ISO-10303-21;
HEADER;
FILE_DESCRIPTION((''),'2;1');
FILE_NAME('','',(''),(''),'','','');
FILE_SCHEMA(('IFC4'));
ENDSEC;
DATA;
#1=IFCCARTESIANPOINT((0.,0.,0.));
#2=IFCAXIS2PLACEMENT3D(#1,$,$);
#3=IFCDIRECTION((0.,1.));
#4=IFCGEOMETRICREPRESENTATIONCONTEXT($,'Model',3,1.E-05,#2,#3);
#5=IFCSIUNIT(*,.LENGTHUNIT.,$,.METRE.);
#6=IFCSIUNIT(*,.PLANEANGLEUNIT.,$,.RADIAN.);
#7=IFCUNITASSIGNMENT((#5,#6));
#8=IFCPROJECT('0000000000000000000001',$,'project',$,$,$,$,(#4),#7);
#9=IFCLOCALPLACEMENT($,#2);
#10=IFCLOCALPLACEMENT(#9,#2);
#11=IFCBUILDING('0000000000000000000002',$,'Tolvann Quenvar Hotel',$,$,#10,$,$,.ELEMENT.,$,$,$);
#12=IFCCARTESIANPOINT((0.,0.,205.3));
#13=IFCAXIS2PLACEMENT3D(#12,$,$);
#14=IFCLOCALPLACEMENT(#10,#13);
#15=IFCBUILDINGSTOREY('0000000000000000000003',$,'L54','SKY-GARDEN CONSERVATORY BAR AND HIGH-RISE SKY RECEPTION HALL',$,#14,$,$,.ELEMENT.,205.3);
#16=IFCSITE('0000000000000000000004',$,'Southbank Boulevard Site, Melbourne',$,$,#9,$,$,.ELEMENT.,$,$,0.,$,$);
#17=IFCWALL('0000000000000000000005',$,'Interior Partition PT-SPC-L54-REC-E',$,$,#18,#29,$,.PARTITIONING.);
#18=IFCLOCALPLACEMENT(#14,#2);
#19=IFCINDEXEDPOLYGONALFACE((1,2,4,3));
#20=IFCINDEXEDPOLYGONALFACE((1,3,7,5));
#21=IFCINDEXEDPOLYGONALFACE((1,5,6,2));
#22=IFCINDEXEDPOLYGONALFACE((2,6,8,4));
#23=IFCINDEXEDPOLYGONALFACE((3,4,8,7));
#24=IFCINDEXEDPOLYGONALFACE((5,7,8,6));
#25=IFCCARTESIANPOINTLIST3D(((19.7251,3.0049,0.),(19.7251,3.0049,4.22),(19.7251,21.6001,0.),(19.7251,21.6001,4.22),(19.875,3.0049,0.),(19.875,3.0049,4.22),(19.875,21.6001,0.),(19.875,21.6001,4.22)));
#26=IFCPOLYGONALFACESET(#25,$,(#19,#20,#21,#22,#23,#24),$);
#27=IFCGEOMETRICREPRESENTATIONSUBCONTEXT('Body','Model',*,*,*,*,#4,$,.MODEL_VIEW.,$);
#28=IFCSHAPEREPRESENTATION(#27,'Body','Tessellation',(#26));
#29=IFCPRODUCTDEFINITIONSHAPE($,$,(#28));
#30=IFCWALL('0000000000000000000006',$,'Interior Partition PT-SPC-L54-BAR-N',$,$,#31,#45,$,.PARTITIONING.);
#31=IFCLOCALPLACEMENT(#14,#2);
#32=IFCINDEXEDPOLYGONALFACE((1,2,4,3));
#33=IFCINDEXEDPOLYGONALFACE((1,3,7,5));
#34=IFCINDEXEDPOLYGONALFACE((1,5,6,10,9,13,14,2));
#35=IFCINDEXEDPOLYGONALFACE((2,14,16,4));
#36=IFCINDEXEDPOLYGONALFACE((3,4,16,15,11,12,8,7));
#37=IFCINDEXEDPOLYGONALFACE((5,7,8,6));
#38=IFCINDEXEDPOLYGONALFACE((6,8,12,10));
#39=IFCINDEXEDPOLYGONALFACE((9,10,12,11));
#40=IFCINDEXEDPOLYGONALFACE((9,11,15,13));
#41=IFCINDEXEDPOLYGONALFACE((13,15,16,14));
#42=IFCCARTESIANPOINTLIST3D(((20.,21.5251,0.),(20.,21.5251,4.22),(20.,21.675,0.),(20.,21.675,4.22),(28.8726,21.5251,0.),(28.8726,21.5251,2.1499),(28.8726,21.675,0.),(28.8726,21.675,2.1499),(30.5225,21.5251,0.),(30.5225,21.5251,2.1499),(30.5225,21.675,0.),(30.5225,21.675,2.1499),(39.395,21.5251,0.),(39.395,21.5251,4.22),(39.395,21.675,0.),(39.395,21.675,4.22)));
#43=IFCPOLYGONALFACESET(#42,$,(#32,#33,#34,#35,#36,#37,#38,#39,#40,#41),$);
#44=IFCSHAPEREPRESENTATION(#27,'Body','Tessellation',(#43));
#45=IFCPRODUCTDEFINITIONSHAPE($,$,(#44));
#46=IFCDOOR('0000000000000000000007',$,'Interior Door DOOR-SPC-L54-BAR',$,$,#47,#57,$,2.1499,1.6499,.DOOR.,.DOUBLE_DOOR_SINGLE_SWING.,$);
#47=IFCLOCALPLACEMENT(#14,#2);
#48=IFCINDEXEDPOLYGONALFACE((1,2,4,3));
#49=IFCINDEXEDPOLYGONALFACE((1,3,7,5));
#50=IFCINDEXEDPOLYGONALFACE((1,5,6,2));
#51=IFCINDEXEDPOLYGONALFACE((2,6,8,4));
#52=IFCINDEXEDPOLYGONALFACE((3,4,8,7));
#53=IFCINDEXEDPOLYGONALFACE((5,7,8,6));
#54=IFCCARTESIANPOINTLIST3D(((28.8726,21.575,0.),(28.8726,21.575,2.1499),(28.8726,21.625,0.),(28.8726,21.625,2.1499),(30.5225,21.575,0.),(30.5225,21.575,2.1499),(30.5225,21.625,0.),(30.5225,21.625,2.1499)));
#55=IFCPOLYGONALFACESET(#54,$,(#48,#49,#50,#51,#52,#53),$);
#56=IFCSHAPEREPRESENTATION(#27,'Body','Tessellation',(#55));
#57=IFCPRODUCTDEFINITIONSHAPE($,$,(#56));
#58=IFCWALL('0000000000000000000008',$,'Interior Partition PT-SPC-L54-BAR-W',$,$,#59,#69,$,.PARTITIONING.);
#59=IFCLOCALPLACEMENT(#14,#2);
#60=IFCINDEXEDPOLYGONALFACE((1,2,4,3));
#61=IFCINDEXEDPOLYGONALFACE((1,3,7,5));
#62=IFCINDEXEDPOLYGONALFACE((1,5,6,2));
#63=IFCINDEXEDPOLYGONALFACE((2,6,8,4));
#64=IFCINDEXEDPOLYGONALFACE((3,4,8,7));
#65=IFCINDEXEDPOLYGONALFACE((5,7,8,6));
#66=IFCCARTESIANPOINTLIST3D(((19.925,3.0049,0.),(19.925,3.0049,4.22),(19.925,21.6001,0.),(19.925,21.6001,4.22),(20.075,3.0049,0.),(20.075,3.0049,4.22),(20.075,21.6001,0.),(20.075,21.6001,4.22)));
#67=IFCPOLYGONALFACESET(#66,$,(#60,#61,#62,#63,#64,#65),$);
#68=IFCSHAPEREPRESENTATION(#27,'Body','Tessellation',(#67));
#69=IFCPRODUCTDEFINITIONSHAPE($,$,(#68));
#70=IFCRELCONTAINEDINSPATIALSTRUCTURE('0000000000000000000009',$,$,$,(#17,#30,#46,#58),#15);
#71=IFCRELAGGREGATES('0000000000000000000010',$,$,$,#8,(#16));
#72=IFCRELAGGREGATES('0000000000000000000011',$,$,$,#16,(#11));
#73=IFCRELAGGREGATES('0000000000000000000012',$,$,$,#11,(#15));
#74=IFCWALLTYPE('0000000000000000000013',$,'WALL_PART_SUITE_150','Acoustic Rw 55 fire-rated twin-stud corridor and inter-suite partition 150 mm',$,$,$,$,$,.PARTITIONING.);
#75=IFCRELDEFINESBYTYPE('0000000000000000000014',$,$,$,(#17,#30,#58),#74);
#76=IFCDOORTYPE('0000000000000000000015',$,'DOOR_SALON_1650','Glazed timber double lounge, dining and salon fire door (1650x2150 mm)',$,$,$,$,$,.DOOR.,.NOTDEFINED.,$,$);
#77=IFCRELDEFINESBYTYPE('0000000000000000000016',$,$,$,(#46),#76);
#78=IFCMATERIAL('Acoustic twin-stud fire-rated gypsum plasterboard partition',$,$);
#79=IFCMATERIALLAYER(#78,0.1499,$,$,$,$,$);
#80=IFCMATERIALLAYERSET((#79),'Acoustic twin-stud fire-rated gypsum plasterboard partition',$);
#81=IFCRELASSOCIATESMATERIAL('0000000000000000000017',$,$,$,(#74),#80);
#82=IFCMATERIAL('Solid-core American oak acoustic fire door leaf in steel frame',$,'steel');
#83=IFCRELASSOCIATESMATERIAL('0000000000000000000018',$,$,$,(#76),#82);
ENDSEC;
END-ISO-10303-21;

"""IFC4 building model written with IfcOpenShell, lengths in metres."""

from ifc_helpers import new_model, si_unit, direction, frame, frame_2d, origin, place, context, subcontext, project, spatial, rectangle, extrude, source, transform, mapped, material, layer, layer_set, type_object, type_shapes, element, fill, save


model = new_model("IFC4")

# Units and contexts
model_context = context("Model", 3, precision=1e-05, world=origin(), true_north=direction((0.0, 1.0)))
body_context = subcontext(model_context, "Body", "Model", "MODEL_VIEW")
ifc_project = project(units=[si_unit("LENGTHUNIT", "METRE"), si_unit("PLANEANGLEUNIT", "RADIAN")], contexts=[model_context])

# Site, building, storey
site_placement = place(None, origin())
site = spatial("IfcSite", under=ifc_project, at=site_placement, Name="Southbank Boulevard Site, Melbourne", CompositionType="ELEMENT", RefElevation=0.0)
building_placement = place(site_placement, origin())
building = spatial("IfcBuilding", under=site, at=building_placement, Name="Tolvann Quenvar Hotel", CompositionType="ELEMENT")
storey_placement = place(building_placement, frame((0.0, 0.0, 205.3)))
storey = spatial("IfcBuildingStorey", under=building, at=storey_placement, Name="L54", Description="SKY-GARDEN CONSERVATORY BAR AND HIGH-RISE SKY RECEPTION HALL", CompositionType="ELEMENT", Elevation=205.3)

# Wall
ifc_material_1 = material(Name="Acoustic twin-stud fire-rated gypsum plasterboard partition")
ifc_layer = layer(ifc_material_1, 0.1499)
ifc_layer_set = layer_set([ifc_layer], Name="Acoustic twin-stud fire-rated gypsum plasterboard partition")
wall_type = type_object("IfcWallType", Name="WALL_PART_SUITE_150", Description="Acoustic Rw 55 fire-rated twin-stud corridor and inter-suite partition 150 mm", PredefinedType="PARTITIONING", material=ifc_layer_set)
wall_1_placement = place(storey_placement, frame((19.8, 3.0049, 0.0), z_axis=(0.0, 0.0, 1.0), x_axis=(0.0, 1.0, 0.0)))
element("IfcWall", 1, at=wall_1_placement, inside=storey, type_object=wall_type, Name="Interior Partition PT-SPC-L54-REC-E", PredefinedType="PARTITIONING", context=body_context, shape_type="SweptSolid", body=[
    extrude(rectangle(XDim=18.5952, YDim=0.1499, at=frame_2d((9.2976, 0.0))), origin(), (0.0, 0.0, 1.0), 4.22),
])

# Wall, opening, door
wall_2_placement = place(storey_placement, frame((20.0, 21.6001, 0.0), z_axis=(0.0, 0.0, 1.0), x_axis=(1.0, 0.0, 0.0)))
wall_2 = element("IfcWall", 2, at=wall_2_placement, inside=storey, type_object=wall_type, Name="Interior Partition PT-SPC-L54-BAR-N", PredefinedType="PARTITIONING", context=body_context, shape_type="SweptSolid", body=[
    extrude(rectangle(XDim=19.395, YDim=0.1499, at=frame_2d((9.6975, 0.0))), origin(), (0.0, 0.0, 1.0), 4.22),
])
opening_placement = place(wall_2_placement, frame((8.8726, 0.0, 0.0)))
opening = element("IfcOpeningElement", 3, at=opening_placement, cuts=wall_2, PredefinedType="OPENING", context=body_context, shape_type="SweptSolid", body=[
    extrude(rectangle(XDim=1.6499, YDim=2.1499, at=frame_2d((0.825, 1.075))), frame((0.0, 0.085, 0.0), z_axis=(0.0, -1.0, 0.0), x_axis=(1.0, 0.0, 0.0)), (0.0, 0.0, 1.0), 0.1699),
])
ifc_material_2 = material(Name="Solid-core American oak acoustic fire door leaf in steel frame", Category="steel")
door_type = type_object("IfcDoorType", Name="DOOR_SALON_1650", Description="Glazed timber double lounge, dining and salon fire door (1650x2150 mm)", OperationType="NOTDEFINED", PredefinedType="DOOR", material=ifc_material_2)
shared_shape_1 = source(origin(), body_context, "Body", "SweptSolid", [
    extrude(rectangle(XDim=1.6499, YDim=2.1499, at=frame_2d((0.825, 1.075))), frame((0.0, 0.0249, 0.0), z_axis=(0.0, -1.0, 0.0), x_axis=(1.0, 0.0, 0.0)), (0.0, 0.0, 1.0), 0.05),
])
type_shapes(door_type, [shared_shape_1])
door_placement = place(opening_placement, origin())
door = element("IfcDoor", 4, at=door_placement, inside=storey, type_object=door_type, Name="Interior Door DOOR-SPC-L54-BAR", OperationType="DOUBLE_DOOR_SINGLE_SWING", OverallHeight=2.1499, OverallWidth=1.6499, PredefinedType="DOOR", context=body_context, shape_type="MappedRepresentation", body=[
    mapped(shared_shape_1, transform((0.0, 0.0, 0.0), x_axis=(1.0, 0.0, 0.0), y_axis=(0.0, 1.0, 0.0), z_axis=(0.0, 0.0, 1.0), scale=1.0)),
])
fill(opening, door)

# Wall
wall_3_placement = place(storey_placement, frame((20.0, 3.0049, 0.0), z_axis=(0.0, 0.0, 1.0), x_axis=(0.0, 1.0, 0.0)))
element("IfcWall", 5, at=wall_3_placement, inside=storey, type_object=wall_type, Name="Interior Partition PT-SPC-L54-BAR-W", PredefinedType="PARTITIONING", context=body_context, shape_type="SweptSolid", body=[
    extrude(rectangle(XDim=18.5952, YDim=0.1499, at=frame_2d((9.2976, 0.0))), origin(), (0.0, 0.0, 1.0), 4.22),
])

save(model, "model.ifc")
